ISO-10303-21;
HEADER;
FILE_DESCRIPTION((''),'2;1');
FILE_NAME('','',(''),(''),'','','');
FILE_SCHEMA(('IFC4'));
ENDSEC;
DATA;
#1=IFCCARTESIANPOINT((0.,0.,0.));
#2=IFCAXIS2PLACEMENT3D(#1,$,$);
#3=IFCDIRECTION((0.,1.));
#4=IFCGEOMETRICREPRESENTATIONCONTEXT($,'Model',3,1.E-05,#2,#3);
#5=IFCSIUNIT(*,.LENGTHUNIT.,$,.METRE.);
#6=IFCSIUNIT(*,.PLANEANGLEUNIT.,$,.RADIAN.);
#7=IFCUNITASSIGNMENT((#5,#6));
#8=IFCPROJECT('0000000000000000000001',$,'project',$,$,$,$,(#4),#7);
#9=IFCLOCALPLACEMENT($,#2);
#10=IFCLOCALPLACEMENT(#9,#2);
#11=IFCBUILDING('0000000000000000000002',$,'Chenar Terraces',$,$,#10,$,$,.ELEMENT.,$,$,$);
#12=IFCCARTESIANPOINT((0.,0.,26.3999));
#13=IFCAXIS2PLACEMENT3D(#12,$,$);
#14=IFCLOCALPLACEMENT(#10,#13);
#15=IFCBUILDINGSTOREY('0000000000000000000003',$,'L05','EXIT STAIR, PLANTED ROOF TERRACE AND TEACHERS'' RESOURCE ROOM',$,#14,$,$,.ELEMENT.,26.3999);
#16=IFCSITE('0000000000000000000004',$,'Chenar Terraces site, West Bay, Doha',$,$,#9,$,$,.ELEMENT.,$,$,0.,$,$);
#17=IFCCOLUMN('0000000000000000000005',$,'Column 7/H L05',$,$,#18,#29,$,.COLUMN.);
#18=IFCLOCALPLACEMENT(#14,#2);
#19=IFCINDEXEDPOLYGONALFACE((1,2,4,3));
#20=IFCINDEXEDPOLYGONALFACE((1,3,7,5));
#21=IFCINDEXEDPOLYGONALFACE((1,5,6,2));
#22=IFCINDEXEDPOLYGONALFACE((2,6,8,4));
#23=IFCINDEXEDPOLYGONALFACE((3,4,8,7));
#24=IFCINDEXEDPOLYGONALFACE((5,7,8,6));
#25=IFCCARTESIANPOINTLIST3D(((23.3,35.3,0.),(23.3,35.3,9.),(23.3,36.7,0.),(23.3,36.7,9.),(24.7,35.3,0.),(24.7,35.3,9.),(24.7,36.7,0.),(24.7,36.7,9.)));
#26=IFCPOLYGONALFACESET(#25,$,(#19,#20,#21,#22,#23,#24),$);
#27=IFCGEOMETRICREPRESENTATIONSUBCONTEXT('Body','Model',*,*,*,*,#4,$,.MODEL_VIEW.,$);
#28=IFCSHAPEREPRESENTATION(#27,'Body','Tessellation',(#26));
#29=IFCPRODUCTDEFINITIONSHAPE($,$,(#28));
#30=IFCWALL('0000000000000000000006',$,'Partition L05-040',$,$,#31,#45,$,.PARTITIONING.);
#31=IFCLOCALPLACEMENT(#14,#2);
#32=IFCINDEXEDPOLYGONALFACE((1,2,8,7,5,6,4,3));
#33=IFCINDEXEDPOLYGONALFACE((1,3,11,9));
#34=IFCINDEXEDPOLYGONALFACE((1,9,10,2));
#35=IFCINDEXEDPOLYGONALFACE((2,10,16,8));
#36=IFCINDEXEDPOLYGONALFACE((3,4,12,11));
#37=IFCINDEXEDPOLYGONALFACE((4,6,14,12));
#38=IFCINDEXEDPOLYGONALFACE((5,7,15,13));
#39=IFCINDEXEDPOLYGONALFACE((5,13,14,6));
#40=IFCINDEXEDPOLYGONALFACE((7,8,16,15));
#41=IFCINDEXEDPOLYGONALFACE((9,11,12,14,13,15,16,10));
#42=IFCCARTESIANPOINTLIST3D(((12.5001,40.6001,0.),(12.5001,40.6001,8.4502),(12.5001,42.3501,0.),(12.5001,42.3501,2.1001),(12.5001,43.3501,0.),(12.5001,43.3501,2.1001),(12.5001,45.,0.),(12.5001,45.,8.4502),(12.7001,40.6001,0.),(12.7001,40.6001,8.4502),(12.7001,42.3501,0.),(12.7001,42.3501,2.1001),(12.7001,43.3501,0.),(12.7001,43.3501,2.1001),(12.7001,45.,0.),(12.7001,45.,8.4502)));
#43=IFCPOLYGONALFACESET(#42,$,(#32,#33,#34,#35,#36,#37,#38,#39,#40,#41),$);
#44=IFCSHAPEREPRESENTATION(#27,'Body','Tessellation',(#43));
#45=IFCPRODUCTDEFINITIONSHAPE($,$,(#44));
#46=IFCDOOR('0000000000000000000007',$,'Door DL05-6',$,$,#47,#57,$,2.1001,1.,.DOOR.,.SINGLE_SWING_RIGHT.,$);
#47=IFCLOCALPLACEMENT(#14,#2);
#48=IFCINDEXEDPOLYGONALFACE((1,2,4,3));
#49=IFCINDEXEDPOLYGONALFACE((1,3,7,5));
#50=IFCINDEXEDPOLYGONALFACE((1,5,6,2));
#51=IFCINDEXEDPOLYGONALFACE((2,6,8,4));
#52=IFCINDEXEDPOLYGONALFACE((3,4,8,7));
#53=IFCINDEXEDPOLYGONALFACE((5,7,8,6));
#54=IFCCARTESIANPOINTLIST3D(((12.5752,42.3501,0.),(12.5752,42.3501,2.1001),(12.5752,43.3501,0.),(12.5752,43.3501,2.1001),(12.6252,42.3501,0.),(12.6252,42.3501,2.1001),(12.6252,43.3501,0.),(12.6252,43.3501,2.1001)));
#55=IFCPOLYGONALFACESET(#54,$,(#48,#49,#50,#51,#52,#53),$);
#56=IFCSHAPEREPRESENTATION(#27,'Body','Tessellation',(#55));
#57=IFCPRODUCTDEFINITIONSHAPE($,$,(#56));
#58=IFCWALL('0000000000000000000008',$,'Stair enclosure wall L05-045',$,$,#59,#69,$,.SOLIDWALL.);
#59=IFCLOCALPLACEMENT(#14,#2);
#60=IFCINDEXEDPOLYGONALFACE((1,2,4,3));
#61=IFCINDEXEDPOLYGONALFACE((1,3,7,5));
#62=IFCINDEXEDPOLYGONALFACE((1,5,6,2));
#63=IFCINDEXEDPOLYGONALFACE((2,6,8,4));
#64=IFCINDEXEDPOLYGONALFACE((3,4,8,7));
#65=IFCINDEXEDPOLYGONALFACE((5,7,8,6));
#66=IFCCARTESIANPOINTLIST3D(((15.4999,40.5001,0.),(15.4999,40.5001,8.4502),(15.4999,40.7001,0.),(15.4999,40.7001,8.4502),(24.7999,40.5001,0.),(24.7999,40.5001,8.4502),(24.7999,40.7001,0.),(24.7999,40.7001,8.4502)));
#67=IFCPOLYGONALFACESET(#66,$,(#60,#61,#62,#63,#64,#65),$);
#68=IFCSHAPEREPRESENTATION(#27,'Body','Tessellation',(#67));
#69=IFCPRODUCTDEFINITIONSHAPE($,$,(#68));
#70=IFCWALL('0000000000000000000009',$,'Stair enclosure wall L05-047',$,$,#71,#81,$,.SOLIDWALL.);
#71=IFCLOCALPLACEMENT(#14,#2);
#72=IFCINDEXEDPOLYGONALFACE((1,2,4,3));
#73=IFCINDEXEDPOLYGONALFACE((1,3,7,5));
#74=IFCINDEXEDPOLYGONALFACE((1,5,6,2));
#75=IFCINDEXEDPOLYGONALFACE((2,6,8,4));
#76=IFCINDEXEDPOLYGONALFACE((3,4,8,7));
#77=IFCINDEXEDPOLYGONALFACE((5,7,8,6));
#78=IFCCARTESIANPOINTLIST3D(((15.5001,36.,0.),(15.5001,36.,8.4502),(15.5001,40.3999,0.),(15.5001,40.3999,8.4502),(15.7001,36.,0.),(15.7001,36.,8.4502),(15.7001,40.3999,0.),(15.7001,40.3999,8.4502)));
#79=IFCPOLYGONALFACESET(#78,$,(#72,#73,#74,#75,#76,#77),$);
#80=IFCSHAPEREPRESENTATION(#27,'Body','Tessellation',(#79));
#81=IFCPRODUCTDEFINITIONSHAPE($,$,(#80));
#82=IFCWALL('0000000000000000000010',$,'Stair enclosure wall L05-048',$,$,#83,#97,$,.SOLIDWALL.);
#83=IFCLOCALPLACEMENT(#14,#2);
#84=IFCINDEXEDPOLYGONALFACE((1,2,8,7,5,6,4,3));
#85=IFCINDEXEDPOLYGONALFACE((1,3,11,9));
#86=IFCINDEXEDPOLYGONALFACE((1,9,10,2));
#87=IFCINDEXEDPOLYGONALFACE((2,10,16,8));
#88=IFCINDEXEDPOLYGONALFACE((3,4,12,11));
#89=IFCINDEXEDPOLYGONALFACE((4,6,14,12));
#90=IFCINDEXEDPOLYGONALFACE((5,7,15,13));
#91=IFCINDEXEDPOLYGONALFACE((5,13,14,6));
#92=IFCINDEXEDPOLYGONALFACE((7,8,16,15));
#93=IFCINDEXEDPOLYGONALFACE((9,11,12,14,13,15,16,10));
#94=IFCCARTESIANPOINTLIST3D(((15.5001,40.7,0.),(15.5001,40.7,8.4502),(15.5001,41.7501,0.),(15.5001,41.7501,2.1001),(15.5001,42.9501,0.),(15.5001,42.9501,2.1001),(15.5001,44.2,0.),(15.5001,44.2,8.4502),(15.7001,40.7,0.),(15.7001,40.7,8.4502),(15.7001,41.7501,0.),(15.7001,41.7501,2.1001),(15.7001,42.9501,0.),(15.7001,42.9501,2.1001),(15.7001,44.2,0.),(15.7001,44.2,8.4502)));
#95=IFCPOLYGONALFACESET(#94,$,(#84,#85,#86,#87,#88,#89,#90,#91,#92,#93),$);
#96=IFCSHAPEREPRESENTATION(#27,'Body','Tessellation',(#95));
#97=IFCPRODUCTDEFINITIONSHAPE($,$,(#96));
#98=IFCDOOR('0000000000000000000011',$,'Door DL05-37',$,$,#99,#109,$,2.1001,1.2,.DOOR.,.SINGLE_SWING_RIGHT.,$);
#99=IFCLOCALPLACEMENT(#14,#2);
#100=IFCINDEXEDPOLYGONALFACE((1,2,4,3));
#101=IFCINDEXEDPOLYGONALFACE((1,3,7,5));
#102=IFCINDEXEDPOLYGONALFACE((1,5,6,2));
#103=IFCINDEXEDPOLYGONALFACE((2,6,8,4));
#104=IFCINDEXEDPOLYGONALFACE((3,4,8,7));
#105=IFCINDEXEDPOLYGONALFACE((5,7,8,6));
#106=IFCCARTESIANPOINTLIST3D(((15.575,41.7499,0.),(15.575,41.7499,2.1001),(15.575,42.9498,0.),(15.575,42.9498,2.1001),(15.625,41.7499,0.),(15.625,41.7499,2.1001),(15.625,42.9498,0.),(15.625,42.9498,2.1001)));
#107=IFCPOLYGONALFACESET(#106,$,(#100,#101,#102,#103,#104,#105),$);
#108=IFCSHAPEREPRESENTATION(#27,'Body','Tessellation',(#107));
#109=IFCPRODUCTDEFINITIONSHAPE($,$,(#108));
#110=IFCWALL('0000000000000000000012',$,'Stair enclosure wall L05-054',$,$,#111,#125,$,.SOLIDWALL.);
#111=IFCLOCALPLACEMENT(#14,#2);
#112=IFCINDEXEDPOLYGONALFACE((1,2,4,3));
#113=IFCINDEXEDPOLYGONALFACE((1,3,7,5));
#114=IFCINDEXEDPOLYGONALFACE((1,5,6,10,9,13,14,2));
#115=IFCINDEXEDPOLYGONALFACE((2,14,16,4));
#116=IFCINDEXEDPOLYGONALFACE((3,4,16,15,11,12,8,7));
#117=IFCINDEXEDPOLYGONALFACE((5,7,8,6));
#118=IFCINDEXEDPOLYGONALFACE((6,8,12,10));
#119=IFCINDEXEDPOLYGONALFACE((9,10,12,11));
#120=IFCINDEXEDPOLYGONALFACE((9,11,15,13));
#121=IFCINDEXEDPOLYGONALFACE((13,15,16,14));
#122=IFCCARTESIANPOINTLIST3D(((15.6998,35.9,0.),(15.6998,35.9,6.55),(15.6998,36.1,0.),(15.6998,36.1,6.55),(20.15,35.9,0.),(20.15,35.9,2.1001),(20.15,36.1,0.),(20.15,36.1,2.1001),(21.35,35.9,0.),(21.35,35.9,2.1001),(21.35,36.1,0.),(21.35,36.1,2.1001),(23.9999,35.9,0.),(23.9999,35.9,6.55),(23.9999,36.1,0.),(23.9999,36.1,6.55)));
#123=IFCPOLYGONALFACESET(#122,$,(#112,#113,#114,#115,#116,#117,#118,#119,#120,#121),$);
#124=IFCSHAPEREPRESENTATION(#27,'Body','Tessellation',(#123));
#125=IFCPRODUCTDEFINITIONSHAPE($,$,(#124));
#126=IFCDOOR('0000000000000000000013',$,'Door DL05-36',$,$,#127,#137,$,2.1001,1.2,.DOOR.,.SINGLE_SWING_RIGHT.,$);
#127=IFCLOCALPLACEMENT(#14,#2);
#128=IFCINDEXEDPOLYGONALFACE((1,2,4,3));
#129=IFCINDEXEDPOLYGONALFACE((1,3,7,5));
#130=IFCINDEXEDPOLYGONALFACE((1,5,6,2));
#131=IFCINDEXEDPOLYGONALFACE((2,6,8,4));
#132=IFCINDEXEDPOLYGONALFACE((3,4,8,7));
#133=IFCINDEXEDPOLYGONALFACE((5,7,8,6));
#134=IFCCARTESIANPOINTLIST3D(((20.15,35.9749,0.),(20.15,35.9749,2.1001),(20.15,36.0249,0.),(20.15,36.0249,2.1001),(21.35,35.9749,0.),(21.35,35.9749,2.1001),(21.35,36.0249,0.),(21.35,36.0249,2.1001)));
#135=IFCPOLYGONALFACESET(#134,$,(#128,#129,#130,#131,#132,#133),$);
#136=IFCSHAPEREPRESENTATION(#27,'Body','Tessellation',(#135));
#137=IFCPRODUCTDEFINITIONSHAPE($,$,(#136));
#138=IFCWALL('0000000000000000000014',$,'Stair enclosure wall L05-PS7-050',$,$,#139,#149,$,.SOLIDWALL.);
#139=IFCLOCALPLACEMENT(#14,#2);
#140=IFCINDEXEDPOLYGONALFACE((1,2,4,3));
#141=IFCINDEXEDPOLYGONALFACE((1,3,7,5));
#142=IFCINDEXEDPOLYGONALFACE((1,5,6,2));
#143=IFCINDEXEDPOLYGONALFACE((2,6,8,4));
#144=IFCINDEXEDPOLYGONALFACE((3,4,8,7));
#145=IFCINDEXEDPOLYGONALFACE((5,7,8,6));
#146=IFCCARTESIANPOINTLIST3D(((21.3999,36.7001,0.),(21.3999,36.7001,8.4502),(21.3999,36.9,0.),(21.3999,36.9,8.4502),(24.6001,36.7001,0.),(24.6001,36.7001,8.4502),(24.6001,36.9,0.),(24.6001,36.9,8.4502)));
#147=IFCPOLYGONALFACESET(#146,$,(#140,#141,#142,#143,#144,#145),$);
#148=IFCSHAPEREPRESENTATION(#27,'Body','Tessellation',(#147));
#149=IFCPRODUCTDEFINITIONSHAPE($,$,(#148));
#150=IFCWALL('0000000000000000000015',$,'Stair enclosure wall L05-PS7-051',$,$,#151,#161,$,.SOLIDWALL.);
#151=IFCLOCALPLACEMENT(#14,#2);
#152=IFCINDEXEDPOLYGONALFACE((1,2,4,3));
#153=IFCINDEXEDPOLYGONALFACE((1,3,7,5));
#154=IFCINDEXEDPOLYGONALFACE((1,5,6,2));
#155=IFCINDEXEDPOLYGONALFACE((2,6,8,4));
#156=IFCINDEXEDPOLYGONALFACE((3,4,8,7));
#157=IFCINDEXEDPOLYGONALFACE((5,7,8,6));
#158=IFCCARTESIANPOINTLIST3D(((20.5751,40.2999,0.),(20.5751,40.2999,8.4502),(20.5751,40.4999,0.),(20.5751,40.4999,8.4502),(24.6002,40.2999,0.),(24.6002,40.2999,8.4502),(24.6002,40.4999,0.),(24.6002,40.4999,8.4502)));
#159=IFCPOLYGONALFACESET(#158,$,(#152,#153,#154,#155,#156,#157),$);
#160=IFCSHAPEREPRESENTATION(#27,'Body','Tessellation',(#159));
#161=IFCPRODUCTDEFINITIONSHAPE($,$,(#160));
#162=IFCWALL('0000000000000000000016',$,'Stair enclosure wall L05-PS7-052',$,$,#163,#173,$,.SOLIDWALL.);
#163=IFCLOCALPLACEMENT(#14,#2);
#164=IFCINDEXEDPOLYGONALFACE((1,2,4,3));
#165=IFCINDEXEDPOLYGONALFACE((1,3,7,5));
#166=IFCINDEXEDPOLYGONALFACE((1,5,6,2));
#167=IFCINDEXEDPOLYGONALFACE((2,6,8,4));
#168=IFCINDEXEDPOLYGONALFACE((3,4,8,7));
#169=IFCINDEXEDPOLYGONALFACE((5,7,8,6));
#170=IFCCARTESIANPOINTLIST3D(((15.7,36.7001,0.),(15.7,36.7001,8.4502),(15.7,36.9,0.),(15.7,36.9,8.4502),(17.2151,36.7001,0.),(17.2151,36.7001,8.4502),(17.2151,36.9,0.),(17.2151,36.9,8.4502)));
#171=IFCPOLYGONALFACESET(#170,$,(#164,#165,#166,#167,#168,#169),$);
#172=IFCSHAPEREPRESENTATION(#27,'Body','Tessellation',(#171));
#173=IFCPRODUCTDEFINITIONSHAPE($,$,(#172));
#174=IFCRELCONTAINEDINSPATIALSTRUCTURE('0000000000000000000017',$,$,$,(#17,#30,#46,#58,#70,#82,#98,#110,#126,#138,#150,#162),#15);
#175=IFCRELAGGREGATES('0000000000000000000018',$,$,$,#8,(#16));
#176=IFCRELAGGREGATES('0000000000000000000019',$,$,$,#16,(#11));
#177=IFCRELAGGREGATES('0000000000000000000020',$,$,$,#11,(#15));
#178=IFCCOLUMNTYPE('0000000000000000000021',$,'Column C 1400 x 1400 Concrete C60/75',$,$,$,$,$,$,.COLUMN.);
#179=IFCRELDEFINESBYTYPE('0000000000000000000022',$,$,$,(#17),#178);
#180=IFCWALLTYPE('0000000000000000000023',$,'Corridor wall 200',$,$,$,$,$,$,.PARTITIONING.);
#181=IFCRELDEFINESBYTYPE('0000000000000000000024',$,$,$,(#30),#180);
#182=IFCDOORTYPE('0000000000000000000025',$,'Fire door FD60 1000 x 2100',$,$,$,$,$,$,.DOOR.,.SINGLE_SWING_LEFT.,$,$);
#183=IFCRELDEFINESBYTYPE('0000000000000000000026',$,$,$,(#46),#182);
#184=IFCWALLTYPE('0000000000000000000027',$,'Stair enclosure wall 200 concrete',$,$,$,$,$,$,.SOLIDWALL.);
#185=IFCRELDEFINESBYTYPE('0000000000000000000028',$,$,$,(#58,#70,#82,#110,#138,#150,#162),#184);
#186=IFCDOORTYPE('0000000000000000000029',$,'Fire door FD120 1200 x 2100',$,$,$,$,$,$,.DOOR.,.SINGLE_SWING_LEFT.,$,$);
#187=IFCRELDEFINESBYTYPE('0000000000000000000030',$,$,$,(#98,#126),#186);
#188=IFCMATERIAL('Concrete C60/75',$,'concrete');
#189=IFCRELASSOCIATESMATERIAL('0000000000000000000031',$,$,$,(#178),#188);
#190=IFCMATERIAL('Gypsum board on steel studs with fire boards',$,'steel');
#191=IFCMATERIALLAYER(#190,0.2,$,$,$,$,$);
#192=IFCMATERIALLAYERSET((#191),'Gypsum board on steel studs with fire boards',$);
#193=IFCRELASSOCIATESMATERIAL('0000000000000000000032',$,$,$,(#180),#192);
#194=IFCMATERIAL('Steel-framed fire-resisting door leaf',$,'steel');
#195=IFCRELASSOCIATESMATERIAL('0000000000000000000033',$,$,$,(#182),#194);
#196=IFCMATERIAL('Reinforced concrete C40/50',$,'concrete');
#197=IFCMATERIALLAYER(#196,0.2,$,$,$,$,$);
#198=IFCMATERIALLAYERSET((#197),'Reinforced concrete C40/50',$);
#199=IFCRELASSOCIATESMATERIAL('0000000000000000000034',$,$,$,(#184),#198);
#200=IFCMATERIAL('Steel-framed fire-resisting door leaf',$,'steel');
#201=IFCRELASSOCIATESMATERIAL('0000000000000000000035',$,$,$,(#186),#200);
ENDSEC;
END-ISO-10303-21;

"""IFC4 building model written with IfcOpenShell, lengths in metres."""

from ifc_helpers import new_model, si_unit, direction, frame, frame_2d, origin, origin_2d, place, context, subcontext, project, spatial, rectangle, extrude, material, layer, layer_set, material_profile, profile_set, type_object, element, fill, save


model = new_model("IFC4")

# Units and contexts
model_context = context("Model", 3, precision=1e-05, world=origin(), true_north=direction((0.0, 1.0)))
body_context = subcontext(model_context, "Body", "Model", "MODEL_VIEW")
ifc_project = project(units=[si_unit("LENGTHUNIT", "METRE"), si_unit("PLANEANGLEUNIT", "RADIAN")], contexts=[model_context])

# Site, building, storey
site_placement = place(None, origin())
site = spatial("IfcSite", under=ifc_project, at=site_placement, Name="Chenar Terraces site, West Bay, Doha", CompositionType="ELEMENT", RefElevation=0.0)
building_placement = place(site_placement, origin())
building = spatial("IfcBuilding", under=site, at=building_placement, Name="Chenar Terraces", CompositionType="ELEMENT")
storey_placement = place(building_placement, frame((0.0, 0.0, 26.3999)))
storey = spatial("IfcBuildingStorey", under=building, at=storey_placement, Name="L05", Description="EXIT STAIR, PLANTED ROOF TERRACE AND TEACHERS' RESOURCE ROOM", CompositionType="ELEMENT", Elevation=26.3999)

# Column
ifc_material_1 = material(Name="Concrete C60/75", Category="concrete")
ifc_material_profile = material_profile(ifc_material_1, rectangle(XDim=1.3999, YDim=1.3999, at=origin_2d()), Name="C 1400 x 1400")
ifc_profile_set = profile_set([ifc_material_profile], Name="Concrete C60/75")
column_type = type_object("IfcColumnType", Name="Column C 1400 x 1400 Concrete C60/75", PredefinedType="COLUMN", material=ifc_profile_set)
column_placement = place(storey_placement, frame((24.0, 36.0, 0.0), z_axis=(0.0, 0.0, 1.0), x_axis=(1.0, 0.0, 0.0)))
element("IfcColumn", 1, at=column_placement, inside=storey, type_object=column_type, Name="Column 7/H L05", PredefinedType="COLUMN", context=body_context, shape_type="SweptSolid", body=[
    extrude(rectangle(XDim=1.3999, YDim=1.3999, at=origin_2d()), origin(), (0.0, 0.0, 1.0), 9.0),
])

# Wall, opening, door
ifc_material_2 = material(Name="Gypsum board on steel studs with fire boards", Category="steel")
ifc_layer_1 = layer(ifc_material_2, 0.2)
ifc_layer_set_1 = layer_set([ifc_layer_1], Name="Gypsum board on steel studs with fire boards")
wall_type_1 = type_object("IfcWallType", Name="Corridor wall 200", PredefinedType="PARTITIONING", material=ifc_layer_set_1)
wall_1_placement = place(storey_placement, frame((12.6001, 40.6001, 0.0), z_axis=(0.0, 0.0, 1.0), x_axis=(0.0, 1.0, 0.0)))
wall_1 = element("IfcWall", 2, at=wall_1_placement, inside=storey, type_object=wall_type_1, Name="Partition L05-040", PredefinedType="PARTITIONING", context=body_context, shape_type="SweptSolid", body=[
    extrude(rectangle(XDim=4.3999, YDim=0.2, at=frame_2d((2.2, 0.0))), origin(), (0.0, 0.0, 1.0), 8.4502),
])
opening_1_placement = place(wall_1_placement, frame((1.75, 0.0, 0.0)))
opening_1 = element("IfcOpeningElement", 3, at=opening_1_placement, cuts=wall_1, PredefinedType="OPENING", context=body_context, shape_type="SweptSolid", body=[
    extrude(rectangle(XDim=1.0, YDim=2.1001, at=frame_2d((0.5, 1.05))), frame((0.0, 0.1099, 0.0), z_axis=(0.0, -1.0, 0.0), x_axis=(1.0, 0.0, 0.0)), (0.0, 0.0, 1.0), 0.22),
])
ifc_material_3 = material(Name="Steel-framed fire-resisting door leaf", Category="steel")
door_type_1 = type_object("IfcDoorType", Name="Fire door FD60 1000 x 2100", OperationType="SINGLE_SWING_LEFT", PredefinedType="DOOR", material=ifc_material_3)
door_1_placement = place(opening_1_placement, origin())
door_1 = element("IfcDoor", 4, at=door_1_placement, inside=storey, type_object=door_type_1, Name="Door DL05-6", OperationType="SINGLE_SWING_RIGHT", OverallHeight=2.1001, OverallWidth=1.0, PredefinedType="DOOR", context=body_context, shape_type="SweptSolid", body=[
    extrude(rectangle(XDim=1.0, YDim=2.1001, at=frame_2d((0.5, 1.05))), frame((0.0, 0.0249, 0.0), z_axis=(0.0, -1.0, 0.0), x_axis=(1.0, 0.0, 0.0)), (0.0, 0.0, 1.0), 0.05),
])
fill(opening_1, door_1)

# Walls
ifc_material_4 = material(Name="Reinforced concrete C40/50", Category="concrete")
ifc_layer_2 = layer(ifc_material_4, 0.2)
ifc_layer_set_2 = layer_set([ifc_layer_2], Name="Reinforced concrete C40/50")
wall_type_2 = type_object("IfcWallType", Name="Stair enclosure wall 200 concrete", PredefinedType="SOLIDWALL", material=ifc_layer_set_2)
wall_2_placement = place(storey_placement, frame((15.5, 40.6001, 0.0), z_axis=(0.0, 0.0, 1.0), x_axis=(1.0, 0.0, 0.0)))
element("IfcWall", 5, at=wall_2_placement, inside=storey, type_object=wall_type_2, Name="Stair enclosure wall L05-045", PredefinedType="SOLIDWALL", context=body_context, shape_type="SweptSolid", body=[
    extrude(rectangle(XDim=9.3, YDim=0.2, at=frame_2d((4.6499, 0.0))), origin(), (0.0, 0.0, 1.0), 8.4502),
])
wall_3_placement = place(storey_placement, frame((15.6001, 36.0, 0.0), z_axis=(0.0, 0.0, 1.0), x_axis=(0.0, 1.0, 0.0)))
element("IfcWall", 6, at=wall_3_placement, inside=storey, type_object=wall_type_2, Name="Stair enclosure wall L05-047", PredefinedType="SOLIDWALL", context=body_context, shape_type="SweptSolid", body=[
    extrude(rectangle(XDim=4.3999, YDim=0.2, at=frame_2d((2.2, 0.0))), origin(), (0.0, 0.0, 1.0), 8.4502),
])

# Walls, openings, doors
wall_4_placement = place(storey_placement, frame((15.6001, 40.7, 0.0), z_axis=(0.0, 0.0, 1.0), x_axis=(0.0, 1.0, 0.0)))
wall_4 = element("IfcWall", 7, at=wall_4_placement, inside=storey, type_object=wall_type_2, Name="Stair enclosure wall L05-048", PredefinedType="SOLIDWALL", context=body_context, shape_type="SweptSolid", body=[
    extrude(rectangle(XDim=3.5, YDim=0.2, at=frame_2d((1.75, 0.0))), origin(), (0.0, 0.0, 1.0), 8.4502),
])
opening_2_placement = place(wall_4_placement, frame((1.05, 0.0, 0.0)))
opening_2 = element("IfcOpeningElement", 8, at=opening_2_placement, cuts=wall_4, PredefinedType="OPENING", context=body_context, shape_type="SweptSolid", body=[
    extrude(rectangle(XDim=1.2, YDim=2.1001, at=frame_2d((0.6001, 1.05))), frame((0.0, 0.1099, 0.0), z_axis=(0.0, -1.0, 0.0), x_axis=(1.0, 0.0, 0.0)), (0.0, 0.0, 1.0), 0.22),
])
ifc_material_5 = material(Name="Steel-framed fire-resisting door leaf", Category="steel")
door_type_2 = type_object("IfcDoorType", Name="Fire door FD120 1200 x 2100", OperationType="SINGLE_SWING_LEFT", PredefinedType="DOOR", material=ifc_material_5)
door_2_placement = place(opening_2_placement, frame((1.2, 0.0, 0.0), z_axis=(0.0, 0.0, 1.0), x_axis=(-1.0, 0.0, 0.0)))
door_2 = element("IfcDoor", 9, at=door_2_placement, inside=storey, type_object=door_type_2, Name="Door DL05-37", OperationType="SINGLE_SWING_RIGHT", OverallHeight=2.1001, OverallWidth=1.2, PredefinedType="DOOR", context=body_context, shape_type="SweptSolid", body=[
    extrude(rectangle(XDim=1.2, YDim=2.1001, at=frame_2d((0.6001, 1.05))), frame((0.0, 0.0249, 0.0), z_axis=(0.0, -1.0, 0.0), x_axis=(1.0, 0.0, 0.0)), (0.0, 0.0, 1.0), 0.05),
])
fill(opening_2, door_2)
wall_5_placement = place(storey_placement, frame((15.7, 36.0, 0.0), z_axis=(0.0, 0.0, 1.0), x_axis=(1.0, 0.0, 0.0)))
wall_5 = element("IfcWall", 10, at=wall_5_placement, inside=storey, type_object=wall_type_2, Name="Stair enclosure wall L05-054", PredefinedType="SOLIDWALL", context=body_context, shape_type="SweptSolid", body=[
    extrude(rectangle(XDim=8.3, YDim=0.2, at=frame_2d((4.1499, 0.0))), origin(), (0.0, 0.0, 1.0), 6.55),
])
opening_3_placement = place(wall_5_placement, frame((4.45, 0.0, 0.0)))
opening_3 = element("IfcOpeningElement", 11, at=opening_3_placement, cuts=wall_5, PredefinedType="OPENING", context=body_context, shape_type="SweptSolid", body=[
    extrude(rectangle(XDim=1.2, YDim=2.1001, at=frame_2d((0.6001, 1.05))), frame((0.0, 0.1099, 0.0), z_axis=(0.0, -1.0, 0.0), x_axis=(1.0, 0.0, 0.0)), (0.0, 0.0, 1.0), 0.22),
])
door_3_placement = place(opening_3_placement, origin())
door_3 = element("IfcDoor", 12, at=door_3_placement, inside=storey, type_object=door_type_2, Name="Door DL05-36", OperationType="SINGLE_SWING_RIGHT", OverallHeight=2.1001, OverallWidth=1.2, PredefinedType="DOOR", context=body_context, shape_type="SweptSolid", body=[
    extrude(rectangle(XDim=1.2, YDim=2.1001, at=frame_2d((0.6001, 1.05))), frame((0.0, 0.0249, 0.0), z_axis=(0.0, -1.0, 0.0), x_axis=(1.0, 0.0, 0.0)), (0.0, 0.0, 1.0), 0.05),
])
fill(opening_3, door_3)

# Walls
wall_6_placement = place(storey_placement, frame((21.3999, 36.8, 0.0), z_axis=(0.0, 0.0, 1.0), x_axis=(1.0, 0.0, 0.0)))
element("IfcWall", 13, at=wall_6_placement, inside=storey, type_object=wall_type_2, Name="Stair enclosure wall L05-PS7-050", PredefinedType="SOLIDWALL", context=body_context, shape_type="SweptSolid", body=[
    extrude(rectangle(XDim=3.2002, YDim=0.2, at=frame_2d((1.6001, 0.0))), origin(), (0.0, 0.0, 1.0), 8.4502),
])
wall_7_placement = place(storey_placement, frame((20.575, 40.3999, 0.0), z_axis=(0.0, 0.0, 1.0), x_axis=(1.0, 0.0, 0.0)))
element("IfcWall", 14, at=wall_7_placement, inside=storey, type_object=wall_type_2, Name="Stair enclosure wall L05-PS7-051", PredefinedType="SOLIDWALL", context=body_context, shape_type="SweptSolid", body=[
    extrude(rectangle(XDim=4.0251, YDim=0.2, at=frame_2d((2.0127, 0.0))), origin(), (0.0, 0.0, 1.0), 8.4502),
])
for number, where, z_axis, x_axis, name in (
    (15, (15.7, 36.8, 0.0), (0.0, 0.0, 1.0), (1.0, 0.0, 0.0), "Stair enclosure wall L05-PS7-052"),
):
    element("IfcWall", number, at=place(storey_placement, frame(where, z_axis=z_axis, x_axis=x_axis)), inside=storey, type_object=wall_type_2, Name=name, PredefinedType="SOLIDWALL", context=body_context, shape_type="SweptSolid", body=[
        extrude(rectangle(XDim=1.5151, YDim=0.2, at=frame_2d((0.7576, 0.0))), origin(), (0.0, 0.0, 1.0), 8.4502),
    ])

save(model, "model.ifc")
